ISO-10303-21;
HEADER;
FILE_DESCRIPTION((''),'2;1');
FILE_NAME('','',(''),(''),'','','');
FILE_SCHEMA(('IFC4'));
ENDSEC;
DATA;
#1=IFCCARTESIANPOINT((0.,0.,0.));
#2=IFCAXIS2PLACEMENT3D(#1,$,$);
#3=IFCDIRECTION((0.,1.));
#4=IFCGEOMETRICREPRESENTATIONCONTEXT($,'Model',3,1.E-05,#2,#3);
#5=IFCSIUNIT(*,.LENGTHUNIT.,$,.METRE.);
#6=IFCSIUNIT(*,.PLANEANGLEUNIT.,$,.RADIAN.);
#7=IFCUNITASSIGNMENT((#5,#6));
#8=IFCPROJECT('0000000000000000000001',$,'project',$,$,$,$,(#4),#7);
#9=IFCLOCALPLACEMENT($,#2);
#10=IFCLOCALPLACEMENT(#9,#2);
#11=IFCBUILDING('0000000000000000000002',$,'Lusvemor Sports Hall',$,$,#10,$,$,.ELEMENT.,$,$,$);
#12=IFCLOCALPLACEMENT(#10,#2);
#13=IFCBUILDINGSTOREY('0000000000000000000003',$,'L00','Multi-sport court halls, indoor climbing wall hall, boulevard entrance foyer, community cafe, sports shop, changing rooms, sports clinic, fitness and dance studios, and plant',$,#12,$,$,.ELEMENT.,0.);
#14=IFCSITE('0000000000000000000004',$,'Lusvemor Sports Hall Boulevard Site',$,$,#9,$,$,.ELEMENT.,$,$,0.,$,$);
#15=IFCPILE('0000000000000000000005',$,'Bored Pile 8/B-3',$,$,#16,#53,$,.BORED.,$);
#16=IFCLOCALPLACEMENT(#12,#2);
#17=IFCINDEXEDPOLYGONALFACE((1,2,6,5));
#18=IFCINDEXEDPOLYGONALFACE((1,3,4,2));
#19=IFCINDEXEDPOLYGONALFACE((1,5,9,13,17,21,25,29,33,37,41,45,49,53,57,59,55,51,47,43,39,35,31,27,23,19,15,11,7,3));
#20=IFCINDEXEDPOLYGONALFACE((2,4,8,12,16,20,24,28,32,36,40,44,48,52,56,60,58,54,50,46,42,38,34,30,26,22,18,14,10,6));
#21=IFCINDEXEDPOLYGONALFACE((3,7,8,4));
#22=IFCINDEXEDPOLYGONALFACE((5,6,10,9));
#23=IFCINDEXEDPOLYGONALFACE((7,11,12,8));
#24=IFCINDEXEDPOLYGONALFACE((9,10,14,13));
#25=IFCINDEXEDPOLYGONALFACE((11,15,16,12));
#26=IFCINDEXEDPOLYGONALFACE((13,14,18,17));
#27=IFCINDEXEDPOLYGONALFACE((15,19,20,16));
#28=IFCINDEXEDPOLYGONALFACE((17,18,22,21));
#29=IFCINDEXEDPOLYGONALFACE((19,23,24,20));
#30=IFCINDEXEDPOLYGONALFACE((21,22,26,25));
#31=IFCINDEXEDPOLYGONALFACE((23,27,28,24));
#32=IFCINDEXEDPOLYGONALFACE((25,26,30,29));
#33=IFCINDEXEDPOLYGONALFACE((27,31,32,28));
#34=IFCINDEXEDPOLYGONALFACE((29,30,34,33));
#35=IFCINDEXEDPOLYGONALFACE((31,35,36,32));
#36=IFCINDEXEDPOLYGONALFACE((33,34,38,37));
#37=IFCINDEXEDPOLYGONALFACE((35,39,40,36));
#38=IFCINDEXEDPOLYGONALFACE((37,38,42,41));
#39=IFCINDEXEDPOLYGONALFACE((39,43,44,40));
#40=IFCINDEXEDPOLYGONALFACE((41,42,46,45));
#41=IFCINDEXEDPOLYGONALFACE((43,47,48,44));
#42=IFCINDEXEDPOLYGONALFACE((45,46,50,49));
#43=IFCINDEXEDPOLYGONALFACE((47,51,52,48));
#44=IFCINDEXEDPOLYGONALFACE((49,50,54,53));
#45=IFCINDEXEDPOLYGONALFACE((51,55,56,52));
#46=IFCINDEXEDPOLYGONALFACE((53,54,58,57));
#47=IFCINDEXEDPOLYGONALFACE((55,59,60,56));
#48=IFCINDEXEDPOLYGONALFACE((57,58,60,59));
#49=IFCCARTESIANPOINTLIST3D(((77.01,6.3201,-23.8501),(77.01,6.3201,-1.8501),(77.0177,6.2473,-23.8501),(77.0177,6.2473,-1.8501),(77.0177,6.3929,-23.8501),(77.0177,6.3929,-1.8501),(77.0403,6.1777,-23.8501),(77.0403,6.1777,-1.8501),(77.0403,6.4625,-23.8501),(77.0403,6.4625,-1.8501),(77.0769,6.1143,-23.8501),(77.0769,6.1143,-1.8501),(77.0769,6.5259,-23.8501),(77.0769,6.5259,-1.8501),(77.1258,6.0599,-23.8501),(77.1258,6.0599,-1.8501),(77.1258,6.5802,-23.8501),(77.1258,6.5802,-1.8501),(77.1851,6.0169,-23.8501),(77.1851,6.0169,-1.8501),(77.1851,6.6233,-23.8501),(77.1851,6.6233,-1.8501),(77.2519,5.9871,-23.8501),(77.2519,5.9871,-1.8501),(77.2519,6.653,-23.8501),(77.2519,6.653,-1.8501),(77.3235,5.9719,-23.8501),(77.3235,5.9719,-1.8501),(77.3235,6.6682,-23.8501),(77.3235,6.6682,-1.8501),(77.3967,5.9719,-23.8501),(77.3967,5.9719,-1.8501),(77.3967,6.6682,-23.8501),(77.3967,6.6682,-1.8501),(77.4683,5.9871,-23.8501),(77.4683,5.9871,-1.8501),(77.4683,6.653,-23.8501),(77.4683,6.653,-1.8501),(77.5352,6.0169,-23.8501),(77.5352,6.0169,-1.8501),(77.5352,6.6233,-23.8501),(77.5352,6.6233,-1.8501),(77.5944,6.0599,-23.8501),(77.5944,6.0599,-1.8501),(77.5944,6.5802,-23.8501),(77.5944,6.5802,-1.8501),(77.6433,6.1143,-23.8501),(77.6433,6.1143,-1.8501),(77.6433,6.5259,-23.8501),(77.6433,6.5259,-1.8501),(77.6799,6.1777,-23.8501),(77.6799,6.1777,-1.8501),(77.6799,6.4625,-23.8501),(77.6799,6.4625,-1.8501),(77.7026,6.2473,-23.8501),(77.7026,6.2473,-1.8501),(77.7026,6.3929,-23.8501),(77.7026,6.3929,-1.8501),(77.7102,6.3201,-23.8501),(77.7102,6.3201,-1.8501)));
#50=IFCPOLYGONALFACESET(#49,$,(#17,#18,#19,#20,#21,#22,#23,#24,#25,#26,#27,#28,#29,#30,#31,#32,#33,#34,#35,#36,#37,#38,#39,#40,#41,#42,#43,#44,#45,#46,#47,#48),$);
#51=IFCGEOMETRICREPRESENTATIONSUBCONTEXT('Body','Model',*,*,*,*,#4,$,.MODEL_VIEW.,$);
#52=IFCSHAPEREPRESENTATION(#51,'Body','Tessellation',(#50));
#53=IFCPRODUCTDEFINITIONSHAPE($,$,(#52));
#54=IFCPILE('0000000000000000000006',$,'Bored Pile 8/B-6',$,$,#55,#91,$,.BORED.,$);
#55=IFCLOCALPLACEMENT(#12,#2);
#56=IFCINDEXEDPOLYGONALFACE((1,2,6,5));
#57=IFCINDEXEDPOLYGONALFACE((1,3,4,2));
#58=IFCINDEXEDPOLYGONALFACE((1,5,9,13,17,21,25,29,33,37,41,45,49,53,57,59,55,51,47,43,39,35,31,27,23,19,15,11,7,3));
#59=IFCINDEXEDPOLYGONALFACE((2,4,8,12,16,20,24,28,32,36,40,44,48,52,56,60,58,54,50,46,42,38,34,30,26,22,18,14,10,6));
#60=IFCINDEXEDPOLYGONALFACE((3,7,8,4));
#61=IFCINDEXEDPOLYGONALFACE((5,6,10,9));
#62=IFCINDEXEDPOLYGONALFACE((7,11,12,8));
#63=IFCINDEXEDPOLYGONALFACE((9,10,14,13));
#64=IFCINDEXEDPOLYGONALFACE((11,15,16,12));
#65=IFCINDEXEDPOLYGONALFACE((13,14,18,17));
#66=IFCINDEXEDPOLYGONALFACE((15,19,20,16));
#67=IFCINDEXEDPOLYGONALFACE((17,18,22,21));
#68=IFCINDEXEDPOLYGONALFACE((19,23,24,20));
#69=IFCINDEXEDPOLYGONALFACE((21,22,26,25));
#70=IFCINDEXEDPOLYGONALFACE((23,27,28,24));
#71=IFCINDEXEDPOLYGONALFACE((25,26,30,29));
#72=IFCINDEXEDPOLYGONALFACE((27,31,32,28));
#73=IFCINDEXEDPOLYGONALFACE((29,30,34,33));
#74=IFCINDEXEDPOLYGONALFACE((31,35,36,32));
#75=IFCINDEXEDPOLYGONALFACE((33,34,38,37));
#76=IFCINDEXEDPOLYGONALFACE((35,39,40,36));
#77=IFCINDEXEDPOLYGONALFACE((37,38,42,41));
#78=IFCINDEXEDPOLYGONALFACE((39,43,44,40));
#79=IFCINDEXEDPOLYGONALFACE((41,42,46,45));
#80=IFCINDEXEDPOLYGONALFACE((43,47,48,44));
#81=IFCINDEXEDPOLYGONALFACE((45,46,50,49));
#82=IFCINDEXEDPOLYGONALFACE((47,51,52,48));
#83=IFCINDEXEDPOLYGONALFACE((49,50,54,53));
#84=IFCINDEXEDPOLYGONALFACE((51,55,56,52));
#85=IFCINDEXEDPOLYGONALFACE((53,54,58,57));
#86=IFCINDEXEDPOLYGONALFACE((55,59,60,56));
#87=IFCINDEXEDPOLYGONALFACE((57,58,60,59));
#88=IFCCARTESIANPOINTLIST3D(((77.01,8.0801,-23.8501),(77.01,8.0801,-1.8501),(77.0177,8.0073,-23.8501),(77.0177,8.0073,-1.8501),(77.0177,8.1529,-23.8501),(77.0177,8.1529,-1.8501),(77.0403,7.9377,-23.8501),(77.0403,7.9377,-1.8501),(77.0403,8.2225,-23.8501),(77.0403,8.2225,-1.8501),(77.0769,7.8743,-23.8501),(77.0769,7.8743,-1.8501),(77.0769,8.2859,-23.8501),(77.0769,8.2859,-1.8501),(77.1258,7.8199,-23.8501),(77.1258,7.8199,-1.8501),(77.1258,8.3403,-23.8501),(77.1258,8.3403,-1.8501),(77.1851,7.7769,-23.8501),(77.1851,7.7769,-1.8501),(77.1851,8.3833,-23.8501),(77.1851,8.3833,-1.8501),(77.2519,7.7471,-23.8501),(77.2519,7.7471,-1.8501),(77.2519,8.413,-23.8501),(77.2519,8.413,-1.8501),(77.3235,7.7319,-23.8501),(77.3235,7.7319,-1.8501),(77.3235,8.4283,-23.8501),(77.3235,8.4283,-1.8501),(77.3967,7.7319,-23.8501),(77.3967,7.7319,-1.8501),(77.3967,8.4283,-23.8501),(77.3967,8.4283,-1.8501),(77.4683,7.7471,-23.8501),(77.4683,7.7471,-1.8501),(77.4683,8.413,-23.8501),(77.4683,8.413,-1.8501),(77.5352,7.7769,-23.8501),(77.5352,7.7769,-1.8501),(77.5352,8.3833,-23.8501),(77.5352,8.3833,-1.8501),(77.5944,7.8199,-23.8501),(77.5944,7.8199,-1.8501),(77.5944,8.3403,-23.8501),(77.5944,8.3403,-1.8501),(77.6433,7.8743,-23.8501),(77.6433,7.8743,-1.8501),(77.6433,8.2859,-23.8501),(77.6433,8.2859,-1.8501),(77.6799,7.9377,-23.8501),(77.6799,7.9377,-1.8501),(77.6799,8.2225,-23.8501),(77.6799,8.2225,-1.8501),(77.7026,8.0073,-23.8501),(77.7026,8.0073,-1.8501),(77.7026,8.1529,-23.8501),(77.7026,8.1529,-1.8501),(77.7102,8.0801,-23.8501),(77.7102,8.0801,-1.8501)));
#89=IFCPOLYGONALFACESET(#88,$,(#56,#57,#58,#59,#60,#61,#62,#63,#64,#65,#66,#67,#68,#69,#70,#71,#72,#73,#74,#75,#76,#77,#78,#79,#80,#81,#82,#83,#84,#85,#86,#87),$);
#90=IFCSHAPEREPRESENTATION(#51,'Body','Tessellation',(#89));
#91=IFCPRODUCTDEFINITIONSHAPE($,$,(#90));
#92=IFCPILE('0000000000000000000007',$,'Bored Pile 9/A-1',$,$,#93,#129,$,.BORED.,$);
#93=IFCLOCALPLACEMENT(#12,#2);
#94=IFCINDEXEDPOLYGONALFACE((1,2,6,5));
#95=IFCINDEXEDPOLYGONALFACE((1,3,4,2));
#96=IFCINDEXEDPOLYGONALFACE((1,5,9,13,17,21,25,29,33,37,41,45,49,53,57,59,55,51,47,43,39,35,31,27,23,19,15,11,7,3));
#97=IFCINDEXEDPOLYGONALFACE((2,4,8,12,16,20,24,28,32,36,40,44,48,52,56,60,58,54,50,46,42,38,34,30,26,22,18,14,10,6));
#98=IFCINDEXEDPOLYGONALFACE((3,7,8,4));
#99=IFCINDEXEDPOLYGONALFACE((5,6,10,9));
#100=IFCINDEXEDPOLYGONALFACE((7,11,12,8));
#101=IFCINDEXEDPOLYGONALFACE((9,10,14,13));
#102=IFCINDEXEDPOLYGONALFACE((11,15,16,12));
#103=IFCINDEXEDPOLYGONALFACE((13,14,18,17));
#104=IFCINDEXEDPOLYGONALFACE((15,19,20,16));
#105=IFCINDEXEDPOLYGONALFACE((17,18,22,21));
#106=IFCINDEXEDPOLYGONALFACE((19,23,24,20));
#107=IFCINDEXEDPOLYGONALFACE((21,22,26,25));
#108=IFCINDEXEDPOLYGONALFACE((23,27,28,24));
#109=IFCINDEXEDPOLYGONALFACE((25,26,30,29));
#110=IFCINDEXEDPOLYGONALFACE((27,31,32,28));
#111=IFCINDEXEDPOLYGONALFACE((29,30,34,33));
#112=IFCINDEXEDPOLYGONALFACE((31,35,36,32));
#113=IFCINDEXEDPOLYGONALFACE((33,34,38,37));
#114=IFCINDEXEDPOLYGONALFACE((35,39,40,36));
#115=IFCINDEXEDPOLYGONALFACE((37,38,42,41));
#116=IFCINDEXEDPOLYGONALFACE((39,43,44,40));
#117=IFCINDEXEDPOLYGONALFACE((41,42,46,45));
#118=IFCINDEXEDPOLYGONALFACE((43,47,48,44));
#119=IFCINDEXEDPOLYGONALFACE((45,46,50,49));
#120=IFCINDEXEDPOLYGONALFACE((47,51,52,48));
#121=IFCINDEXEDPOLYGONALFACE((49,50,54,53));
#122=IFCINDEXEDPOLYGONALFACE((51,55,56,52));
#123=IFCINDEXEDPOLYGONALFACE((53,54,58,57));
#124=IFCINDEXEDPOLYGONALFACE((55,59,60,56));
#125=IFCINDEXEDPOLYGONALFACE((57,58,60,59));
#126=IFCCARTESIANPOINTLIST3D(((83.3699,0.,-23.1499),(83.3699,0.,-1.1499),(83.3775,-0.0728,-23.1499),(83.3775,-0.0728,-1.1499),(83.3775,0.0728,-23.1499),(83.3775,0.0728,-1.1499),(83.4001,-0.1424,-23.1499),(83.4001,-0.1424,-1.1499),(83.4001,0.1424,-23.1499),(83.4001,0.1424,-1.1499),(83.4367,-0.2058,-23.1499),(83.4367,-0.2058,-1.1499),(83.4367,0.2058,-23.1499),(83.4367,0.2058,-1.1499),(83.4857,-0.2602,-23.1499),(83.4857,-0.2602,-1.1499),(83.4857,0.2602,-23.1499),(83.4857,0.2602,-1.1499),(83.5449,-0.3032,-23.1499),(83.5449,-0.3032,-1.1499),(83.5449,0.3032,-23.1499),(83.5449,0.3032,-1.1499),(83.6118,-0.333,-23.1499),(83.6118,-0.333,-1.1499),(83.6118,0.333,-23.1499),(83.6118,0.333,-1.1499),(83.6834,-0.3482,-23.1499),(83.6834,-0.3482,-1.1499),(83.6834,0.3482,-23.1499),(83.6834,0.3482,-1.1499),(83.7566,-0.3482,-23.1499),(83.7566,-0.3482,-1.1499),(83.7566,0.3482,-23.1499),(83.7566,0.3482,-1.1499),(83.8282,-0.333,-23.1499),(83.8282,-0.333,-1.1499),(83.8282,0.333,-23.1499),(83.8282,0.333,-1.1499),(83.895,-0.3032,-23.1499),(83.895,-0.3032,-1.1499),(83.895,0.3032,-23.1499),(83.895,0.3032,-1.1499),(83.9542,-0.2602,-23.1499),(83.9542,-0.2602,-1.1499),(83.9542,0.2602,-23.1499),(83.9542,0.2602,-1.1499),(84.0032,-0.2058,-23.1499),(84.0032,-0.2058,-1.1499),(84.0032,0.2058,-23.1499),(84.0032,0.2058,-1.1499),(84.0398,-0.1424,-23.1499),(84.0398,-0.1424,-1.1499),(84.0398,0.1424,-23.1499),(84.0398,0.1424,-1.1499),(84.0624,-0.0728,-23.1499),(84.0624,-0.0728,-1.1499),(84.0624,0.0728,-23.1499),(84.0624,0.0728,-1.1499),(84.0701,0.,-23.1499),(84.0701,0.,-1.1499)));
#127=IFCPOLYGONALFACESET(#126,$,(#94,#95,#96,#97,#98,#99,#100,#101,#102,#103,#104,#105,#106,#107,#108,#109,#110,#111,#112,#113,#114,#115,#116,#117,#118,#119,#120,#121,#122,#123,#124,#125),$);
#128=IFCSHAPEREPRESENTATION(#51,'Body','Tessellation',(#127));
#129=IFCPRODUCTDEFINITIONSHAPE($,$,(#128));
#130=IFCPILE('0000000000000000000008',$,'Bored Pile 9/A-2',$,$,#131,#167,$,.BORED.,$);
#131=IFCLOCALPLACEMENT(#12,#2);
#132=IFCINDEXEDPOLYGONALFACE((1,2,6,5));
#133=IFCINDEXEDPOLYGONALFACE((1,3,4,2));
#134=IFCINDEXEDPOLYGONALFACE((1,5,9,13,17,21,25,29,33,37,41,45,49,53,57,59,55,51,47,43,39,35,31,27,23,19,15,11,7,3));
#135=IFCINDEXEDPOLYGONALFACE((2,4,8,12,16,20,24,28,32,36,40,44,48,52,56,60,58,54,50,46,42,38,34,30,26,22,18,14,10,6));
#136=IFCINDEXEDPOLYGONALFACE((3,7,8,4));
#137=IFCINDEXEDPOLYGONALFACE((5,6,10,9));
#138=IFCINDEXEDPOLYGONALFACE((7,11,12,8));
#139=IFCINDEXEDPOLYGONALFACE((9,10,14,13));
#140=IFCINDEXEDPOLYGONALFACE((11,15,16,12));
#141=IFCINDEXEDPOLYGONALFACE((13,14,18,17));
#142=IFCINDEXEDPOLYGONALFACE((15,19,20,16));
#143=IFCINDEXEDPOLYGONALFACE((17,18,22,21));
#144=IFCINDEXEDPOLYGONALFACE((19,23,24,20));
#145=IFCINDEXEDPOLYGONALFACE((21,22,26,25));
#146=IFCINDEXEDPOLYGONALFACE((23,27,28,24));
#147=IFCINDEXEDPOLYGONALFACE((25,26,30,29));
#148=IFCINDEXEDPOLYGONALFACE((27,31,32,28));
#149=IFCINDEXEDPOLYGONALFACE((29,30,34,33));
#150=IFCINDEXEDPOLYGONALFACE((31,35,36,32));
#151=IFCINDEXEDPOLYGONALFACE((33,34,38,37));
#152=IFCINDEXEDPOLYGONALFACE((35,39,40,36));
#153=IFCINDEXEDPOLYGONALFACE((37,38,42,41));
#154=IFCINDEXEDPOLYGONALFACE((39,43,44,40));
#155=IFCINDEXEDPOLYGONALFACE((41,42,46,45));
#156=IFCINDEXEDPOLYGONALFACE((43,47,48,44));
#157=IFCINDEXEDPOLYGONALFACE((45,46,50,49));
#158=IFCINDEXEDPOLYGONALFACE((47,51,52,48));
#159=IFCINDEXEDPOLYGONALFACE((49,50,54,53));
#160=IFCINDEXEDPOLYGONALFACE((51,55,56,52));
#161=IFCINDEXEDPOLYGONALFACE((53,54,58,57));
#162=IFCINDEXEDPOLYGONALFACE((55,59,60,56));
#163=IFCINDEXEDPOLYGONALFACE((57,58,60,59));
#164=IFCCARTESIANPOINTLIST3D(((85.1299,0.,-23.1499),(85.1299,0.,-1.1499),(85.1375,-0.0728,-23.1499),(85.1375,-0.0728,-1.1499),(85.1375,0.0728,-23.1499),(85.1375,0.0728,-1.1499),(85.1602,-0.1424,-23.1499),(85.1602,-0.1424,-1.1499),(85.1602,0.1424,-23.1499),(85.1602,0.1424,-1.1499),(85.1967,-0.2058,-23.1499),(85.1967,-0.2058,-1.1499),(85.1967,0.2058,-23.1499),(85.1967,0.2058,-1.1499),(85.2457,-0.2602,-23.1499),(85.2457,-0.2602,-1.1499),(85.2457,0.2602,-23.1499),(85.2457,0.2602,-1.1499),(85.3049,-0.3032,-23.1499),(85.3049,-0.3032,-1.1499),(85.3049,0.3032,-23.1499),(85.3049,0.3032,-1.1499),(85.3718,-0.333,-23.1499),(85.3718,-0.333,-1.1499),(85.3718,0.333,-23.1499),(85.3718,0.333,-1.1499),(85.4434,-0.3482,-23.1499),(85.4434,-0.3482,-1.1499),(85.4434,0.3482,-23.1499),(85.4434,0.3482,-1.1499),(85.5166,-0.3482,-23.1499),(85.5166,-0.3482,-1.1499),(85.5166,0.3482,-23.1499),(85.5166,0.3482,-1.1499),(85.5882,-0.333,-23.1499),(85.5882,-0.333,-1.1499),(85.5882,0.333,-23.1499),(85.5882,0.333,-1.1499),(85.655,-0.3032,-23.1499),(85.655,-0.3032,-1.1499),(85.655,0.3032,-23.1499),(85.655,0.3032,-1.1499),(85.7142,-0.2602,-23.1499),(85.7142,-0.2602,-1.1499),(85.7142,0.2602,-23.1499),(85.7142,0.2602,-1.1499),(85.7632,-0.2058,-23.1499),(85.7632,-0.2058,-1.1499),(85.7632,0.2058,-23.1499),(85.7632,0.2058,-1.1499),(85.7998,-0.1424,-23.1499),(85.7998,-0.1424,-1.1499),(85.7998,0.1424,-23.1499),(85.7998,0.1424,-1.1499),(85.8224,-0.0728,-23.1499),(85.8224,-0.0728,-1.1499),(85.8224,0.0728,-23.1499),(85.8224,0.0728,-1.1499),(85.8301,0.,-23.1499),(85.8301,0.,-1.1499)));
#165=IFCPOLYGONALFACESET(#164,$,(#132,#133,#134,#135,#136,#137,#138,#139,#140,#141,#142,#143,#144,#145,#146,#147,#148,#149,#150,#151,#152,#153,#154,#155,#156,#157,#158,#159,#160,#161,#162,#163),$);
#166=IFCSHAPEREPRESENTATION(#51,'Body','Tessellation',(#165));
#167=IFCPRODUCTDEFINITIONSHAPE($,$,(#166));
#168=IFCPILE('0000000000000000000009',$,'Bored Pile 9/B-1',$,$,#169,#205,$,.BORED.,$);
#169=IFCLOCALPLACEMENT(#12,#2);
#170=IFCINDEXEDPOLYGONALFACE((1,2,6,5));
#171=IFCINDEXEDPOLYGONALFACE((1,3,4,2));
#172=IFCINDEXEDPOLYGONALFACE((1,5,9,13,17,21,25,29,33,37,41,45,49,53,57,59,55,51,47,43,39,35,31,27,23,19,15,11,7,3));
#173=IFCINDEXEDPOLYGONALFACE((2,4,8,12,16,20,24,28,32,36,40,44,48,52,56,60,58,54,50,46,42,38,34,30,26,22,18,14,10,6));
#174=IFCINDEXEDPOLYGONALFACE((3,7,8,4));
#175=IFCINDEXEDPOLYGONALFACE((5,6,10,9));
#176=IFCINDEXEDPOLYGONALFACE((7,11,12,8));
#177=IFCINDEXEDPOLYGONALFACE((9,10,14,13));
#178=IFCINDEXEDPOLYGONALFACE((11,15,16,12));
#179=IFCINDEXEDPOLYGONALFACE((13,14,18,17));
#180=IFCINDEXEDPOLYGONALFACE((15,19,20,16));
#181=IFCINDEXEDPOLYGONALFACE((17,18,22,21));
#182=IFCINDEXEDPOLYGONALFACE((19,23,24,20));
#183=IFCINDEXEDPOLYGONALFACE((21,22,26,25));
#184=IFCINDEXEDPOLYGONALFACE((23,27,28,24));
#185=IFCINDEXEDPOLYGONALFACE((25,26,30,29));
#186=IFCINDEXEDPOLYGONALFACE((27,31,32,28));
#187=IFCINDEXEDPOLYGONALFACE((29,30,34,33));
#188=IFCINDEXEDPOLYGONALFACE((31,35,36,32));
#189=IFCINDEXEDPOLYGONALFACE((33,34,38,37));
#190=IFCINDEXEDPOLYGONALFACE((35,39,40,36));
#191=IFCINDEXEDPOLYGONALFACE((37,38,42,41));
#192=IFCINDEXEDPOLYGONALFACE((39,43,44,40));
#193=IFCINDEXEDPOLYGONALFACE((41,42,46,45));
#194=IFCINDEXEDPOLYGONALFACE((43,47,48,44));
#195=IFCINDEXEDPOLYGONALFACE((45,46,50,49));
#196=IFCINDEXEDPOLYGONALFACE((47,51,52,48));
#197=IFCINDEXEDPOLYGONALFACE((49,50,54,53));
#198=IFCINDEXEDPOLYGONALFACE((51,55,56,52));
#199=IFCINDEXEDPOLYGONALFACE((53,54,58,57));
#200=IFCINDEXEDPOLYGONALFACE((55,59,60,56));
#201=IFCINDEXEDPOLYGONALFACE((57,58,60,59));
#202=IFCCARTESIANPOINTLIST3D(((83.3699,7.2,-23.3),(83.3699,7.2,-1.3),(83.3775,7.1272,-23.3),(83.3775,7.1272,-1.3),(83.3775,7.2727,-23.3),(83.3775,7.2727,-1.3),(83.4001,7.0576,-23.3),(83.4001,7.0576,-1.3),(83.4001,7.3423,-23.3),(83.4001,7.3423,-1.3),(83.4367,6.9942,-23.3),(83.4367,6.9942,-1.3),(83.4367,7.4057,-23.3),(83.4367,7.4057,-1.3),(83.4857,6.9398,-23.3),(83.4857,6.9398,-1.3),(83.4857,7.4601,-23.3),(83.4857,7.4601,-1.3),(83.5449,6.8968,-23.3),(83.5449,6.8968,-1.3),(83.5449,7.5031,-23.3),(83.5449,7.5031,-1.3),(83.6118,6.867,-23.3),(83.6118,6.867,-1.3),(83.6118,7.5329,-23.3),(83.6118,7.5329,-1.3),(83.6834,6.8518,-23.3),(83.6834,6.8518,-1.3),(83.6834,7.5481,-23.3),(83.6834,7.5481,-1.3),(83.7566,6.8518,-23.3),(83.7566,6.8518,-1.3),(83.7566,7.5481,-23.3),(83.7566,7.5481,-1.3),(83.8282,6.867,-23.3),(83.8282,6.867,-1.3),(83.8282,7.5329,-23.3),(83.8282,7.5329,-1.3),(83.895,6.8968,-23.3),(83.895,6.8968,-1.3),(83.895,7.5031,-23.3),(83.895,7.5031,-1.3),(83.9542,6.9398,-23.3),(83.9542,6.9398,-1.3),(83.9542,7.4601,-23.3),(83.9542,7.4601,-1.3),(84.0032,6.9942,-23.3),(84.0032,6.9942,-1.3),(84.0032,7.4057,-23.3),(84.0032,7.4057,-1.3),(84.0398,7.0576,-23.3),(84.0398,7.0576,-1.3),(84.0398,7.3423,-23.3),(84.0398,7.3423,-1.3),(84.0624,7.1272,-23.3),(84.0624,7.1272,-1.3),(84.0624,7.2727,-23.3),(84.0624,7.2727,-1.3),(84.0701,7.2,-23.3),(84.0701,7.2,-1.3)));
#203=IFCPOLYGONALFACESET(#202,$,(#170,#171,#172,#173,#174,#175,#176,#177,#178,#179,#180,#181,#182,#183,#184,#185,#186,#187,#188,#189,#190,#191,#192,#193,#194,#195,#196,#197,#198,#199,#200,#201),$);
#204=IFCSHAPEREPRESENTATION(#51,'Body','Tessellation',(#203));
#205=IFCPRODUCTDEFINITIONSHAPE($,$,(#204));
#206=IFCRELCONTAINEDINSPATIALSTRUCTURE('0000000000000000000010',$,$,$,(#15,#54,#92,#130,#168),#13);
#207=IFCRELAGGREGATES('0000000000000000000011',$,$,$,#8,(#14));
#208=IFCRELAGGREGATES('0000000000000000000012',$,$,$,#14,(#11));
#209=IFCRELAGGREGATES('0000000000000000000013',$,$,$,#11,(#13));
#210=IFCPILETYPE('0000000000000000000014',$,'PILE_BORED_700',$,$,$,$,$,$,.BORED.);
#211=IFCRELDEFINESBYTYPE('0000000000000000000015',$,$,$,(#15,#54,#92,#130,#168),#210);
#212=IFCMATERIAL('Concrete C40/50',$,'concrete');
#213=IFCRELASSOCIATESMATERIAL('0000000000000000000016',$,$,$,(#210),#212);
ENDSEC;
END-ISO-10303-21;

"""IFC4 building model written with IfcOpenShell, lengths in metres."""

from ifc_helpers import new_model, si_unit, direction, frame, origin, origin_2d, place, context, subcontext, project, spatial, circle, extrude, material, material_profile, profile_set, type_object, element, save


model = new_model("IFC4")

# Units and contexts
model_context = context("Model", 3, precision=1e-05, world=origin(), true_north=direction((0.0, 1.0)))
body_context = subcontext(model_context, "Body", "Model", "MODEL_VIEW")
ifc_project = project(units=[si_unit("LENGTHUNIT", "METRE"), si_unit("PLANEANGLEUNIT", "RADIAN")], contexts=[model_context])

# Site, building, storey
site_placement = place(None, origin())
site = spatial("IfcSite", under=ifc_project, at=site_placement, Name="Lusvemor Sports Hall Boulevard Site", CompositionType="ELEMENT", RefElevation=0.0)
building_placement = place(site_placement, origin())
building = spatial("IfcBuilding", under=site, at=building_placement, Name="Lusvemor Sports Hall", CompositionType="ELEMENT")
storey_placement = place(building_placement, origin())
storey = spatial("IfcBuildingStorey", under=building, at=storey_placement, Name="L00", Description="Multi-sport court halls, indoor climbing wall hall, boulevard entrance foyer, community cafe, sports shop, changing rooms, sports clinic, fitness and dance studios, and plant", CompositionType="ELEMENT", Elevation=0.0)

# Piles
ifc_material_1 = material(Name="Concrete C40/50", Category="concrete")
ifc_material_profile_1 = material_profile(ifc_material_1, circle(Radius=0.3501, at=origin_2d()), Name="PILE700")
ifc_profile_set_1 = profile_set([ifc_material_profile_1], Name="Concrete C40/50")
pile_type = type_object("IfcPileType", Name="PILE_BORED_700", PredefinedType="BORED", material=ifc_profile_set_1)
for number, where, z_axis, x_axis, name in (
    (1, (77.3601, 6.3201, -1.8501), (0.0, 0.0, -1.0), (1.0, 0.0, 0.0), "Bored Pile 8/B-3"),
    (2, (77.3601, 8.0801, -1.8501), (0.0, 0.0, -1.0), (1.0, 0.0, 0.0), "Bored Pile 8/B-6"),
    (3, (83.72, 0.0, -1.1499), (0.0, 0.0, -1.0), (1.0, 0.0, 0.0), "Bored Pile 9/A-1"),
    (4, (85.48, 0.0, -1.1499), (0.0, 0.0, -1.0), (1.0, 0.0, 0.0), "Bored Pile 9/A-2"),
    (5, (83.72, 7.2, -1.3), (0.0, 0.0, -1.0), (1.0, 0.0, 0.0), "Bored Pile 9/B-1"),
):
    element("IfcPile", number, at=place(storey_placement, frame(where, z_axis=z_axis, x_axis=x_axis)), inside=storey, type_object=pile_type, Name=name, PredefinedType="BORED", context=body_context, shape_type="SweptSolid", body=[
        extrude(circle(Radius=0.3501, at=origin_2d()), origin(), (0.0, 0.0, 1.0), 22.0),
    ])

save(model, "model.ifc")
